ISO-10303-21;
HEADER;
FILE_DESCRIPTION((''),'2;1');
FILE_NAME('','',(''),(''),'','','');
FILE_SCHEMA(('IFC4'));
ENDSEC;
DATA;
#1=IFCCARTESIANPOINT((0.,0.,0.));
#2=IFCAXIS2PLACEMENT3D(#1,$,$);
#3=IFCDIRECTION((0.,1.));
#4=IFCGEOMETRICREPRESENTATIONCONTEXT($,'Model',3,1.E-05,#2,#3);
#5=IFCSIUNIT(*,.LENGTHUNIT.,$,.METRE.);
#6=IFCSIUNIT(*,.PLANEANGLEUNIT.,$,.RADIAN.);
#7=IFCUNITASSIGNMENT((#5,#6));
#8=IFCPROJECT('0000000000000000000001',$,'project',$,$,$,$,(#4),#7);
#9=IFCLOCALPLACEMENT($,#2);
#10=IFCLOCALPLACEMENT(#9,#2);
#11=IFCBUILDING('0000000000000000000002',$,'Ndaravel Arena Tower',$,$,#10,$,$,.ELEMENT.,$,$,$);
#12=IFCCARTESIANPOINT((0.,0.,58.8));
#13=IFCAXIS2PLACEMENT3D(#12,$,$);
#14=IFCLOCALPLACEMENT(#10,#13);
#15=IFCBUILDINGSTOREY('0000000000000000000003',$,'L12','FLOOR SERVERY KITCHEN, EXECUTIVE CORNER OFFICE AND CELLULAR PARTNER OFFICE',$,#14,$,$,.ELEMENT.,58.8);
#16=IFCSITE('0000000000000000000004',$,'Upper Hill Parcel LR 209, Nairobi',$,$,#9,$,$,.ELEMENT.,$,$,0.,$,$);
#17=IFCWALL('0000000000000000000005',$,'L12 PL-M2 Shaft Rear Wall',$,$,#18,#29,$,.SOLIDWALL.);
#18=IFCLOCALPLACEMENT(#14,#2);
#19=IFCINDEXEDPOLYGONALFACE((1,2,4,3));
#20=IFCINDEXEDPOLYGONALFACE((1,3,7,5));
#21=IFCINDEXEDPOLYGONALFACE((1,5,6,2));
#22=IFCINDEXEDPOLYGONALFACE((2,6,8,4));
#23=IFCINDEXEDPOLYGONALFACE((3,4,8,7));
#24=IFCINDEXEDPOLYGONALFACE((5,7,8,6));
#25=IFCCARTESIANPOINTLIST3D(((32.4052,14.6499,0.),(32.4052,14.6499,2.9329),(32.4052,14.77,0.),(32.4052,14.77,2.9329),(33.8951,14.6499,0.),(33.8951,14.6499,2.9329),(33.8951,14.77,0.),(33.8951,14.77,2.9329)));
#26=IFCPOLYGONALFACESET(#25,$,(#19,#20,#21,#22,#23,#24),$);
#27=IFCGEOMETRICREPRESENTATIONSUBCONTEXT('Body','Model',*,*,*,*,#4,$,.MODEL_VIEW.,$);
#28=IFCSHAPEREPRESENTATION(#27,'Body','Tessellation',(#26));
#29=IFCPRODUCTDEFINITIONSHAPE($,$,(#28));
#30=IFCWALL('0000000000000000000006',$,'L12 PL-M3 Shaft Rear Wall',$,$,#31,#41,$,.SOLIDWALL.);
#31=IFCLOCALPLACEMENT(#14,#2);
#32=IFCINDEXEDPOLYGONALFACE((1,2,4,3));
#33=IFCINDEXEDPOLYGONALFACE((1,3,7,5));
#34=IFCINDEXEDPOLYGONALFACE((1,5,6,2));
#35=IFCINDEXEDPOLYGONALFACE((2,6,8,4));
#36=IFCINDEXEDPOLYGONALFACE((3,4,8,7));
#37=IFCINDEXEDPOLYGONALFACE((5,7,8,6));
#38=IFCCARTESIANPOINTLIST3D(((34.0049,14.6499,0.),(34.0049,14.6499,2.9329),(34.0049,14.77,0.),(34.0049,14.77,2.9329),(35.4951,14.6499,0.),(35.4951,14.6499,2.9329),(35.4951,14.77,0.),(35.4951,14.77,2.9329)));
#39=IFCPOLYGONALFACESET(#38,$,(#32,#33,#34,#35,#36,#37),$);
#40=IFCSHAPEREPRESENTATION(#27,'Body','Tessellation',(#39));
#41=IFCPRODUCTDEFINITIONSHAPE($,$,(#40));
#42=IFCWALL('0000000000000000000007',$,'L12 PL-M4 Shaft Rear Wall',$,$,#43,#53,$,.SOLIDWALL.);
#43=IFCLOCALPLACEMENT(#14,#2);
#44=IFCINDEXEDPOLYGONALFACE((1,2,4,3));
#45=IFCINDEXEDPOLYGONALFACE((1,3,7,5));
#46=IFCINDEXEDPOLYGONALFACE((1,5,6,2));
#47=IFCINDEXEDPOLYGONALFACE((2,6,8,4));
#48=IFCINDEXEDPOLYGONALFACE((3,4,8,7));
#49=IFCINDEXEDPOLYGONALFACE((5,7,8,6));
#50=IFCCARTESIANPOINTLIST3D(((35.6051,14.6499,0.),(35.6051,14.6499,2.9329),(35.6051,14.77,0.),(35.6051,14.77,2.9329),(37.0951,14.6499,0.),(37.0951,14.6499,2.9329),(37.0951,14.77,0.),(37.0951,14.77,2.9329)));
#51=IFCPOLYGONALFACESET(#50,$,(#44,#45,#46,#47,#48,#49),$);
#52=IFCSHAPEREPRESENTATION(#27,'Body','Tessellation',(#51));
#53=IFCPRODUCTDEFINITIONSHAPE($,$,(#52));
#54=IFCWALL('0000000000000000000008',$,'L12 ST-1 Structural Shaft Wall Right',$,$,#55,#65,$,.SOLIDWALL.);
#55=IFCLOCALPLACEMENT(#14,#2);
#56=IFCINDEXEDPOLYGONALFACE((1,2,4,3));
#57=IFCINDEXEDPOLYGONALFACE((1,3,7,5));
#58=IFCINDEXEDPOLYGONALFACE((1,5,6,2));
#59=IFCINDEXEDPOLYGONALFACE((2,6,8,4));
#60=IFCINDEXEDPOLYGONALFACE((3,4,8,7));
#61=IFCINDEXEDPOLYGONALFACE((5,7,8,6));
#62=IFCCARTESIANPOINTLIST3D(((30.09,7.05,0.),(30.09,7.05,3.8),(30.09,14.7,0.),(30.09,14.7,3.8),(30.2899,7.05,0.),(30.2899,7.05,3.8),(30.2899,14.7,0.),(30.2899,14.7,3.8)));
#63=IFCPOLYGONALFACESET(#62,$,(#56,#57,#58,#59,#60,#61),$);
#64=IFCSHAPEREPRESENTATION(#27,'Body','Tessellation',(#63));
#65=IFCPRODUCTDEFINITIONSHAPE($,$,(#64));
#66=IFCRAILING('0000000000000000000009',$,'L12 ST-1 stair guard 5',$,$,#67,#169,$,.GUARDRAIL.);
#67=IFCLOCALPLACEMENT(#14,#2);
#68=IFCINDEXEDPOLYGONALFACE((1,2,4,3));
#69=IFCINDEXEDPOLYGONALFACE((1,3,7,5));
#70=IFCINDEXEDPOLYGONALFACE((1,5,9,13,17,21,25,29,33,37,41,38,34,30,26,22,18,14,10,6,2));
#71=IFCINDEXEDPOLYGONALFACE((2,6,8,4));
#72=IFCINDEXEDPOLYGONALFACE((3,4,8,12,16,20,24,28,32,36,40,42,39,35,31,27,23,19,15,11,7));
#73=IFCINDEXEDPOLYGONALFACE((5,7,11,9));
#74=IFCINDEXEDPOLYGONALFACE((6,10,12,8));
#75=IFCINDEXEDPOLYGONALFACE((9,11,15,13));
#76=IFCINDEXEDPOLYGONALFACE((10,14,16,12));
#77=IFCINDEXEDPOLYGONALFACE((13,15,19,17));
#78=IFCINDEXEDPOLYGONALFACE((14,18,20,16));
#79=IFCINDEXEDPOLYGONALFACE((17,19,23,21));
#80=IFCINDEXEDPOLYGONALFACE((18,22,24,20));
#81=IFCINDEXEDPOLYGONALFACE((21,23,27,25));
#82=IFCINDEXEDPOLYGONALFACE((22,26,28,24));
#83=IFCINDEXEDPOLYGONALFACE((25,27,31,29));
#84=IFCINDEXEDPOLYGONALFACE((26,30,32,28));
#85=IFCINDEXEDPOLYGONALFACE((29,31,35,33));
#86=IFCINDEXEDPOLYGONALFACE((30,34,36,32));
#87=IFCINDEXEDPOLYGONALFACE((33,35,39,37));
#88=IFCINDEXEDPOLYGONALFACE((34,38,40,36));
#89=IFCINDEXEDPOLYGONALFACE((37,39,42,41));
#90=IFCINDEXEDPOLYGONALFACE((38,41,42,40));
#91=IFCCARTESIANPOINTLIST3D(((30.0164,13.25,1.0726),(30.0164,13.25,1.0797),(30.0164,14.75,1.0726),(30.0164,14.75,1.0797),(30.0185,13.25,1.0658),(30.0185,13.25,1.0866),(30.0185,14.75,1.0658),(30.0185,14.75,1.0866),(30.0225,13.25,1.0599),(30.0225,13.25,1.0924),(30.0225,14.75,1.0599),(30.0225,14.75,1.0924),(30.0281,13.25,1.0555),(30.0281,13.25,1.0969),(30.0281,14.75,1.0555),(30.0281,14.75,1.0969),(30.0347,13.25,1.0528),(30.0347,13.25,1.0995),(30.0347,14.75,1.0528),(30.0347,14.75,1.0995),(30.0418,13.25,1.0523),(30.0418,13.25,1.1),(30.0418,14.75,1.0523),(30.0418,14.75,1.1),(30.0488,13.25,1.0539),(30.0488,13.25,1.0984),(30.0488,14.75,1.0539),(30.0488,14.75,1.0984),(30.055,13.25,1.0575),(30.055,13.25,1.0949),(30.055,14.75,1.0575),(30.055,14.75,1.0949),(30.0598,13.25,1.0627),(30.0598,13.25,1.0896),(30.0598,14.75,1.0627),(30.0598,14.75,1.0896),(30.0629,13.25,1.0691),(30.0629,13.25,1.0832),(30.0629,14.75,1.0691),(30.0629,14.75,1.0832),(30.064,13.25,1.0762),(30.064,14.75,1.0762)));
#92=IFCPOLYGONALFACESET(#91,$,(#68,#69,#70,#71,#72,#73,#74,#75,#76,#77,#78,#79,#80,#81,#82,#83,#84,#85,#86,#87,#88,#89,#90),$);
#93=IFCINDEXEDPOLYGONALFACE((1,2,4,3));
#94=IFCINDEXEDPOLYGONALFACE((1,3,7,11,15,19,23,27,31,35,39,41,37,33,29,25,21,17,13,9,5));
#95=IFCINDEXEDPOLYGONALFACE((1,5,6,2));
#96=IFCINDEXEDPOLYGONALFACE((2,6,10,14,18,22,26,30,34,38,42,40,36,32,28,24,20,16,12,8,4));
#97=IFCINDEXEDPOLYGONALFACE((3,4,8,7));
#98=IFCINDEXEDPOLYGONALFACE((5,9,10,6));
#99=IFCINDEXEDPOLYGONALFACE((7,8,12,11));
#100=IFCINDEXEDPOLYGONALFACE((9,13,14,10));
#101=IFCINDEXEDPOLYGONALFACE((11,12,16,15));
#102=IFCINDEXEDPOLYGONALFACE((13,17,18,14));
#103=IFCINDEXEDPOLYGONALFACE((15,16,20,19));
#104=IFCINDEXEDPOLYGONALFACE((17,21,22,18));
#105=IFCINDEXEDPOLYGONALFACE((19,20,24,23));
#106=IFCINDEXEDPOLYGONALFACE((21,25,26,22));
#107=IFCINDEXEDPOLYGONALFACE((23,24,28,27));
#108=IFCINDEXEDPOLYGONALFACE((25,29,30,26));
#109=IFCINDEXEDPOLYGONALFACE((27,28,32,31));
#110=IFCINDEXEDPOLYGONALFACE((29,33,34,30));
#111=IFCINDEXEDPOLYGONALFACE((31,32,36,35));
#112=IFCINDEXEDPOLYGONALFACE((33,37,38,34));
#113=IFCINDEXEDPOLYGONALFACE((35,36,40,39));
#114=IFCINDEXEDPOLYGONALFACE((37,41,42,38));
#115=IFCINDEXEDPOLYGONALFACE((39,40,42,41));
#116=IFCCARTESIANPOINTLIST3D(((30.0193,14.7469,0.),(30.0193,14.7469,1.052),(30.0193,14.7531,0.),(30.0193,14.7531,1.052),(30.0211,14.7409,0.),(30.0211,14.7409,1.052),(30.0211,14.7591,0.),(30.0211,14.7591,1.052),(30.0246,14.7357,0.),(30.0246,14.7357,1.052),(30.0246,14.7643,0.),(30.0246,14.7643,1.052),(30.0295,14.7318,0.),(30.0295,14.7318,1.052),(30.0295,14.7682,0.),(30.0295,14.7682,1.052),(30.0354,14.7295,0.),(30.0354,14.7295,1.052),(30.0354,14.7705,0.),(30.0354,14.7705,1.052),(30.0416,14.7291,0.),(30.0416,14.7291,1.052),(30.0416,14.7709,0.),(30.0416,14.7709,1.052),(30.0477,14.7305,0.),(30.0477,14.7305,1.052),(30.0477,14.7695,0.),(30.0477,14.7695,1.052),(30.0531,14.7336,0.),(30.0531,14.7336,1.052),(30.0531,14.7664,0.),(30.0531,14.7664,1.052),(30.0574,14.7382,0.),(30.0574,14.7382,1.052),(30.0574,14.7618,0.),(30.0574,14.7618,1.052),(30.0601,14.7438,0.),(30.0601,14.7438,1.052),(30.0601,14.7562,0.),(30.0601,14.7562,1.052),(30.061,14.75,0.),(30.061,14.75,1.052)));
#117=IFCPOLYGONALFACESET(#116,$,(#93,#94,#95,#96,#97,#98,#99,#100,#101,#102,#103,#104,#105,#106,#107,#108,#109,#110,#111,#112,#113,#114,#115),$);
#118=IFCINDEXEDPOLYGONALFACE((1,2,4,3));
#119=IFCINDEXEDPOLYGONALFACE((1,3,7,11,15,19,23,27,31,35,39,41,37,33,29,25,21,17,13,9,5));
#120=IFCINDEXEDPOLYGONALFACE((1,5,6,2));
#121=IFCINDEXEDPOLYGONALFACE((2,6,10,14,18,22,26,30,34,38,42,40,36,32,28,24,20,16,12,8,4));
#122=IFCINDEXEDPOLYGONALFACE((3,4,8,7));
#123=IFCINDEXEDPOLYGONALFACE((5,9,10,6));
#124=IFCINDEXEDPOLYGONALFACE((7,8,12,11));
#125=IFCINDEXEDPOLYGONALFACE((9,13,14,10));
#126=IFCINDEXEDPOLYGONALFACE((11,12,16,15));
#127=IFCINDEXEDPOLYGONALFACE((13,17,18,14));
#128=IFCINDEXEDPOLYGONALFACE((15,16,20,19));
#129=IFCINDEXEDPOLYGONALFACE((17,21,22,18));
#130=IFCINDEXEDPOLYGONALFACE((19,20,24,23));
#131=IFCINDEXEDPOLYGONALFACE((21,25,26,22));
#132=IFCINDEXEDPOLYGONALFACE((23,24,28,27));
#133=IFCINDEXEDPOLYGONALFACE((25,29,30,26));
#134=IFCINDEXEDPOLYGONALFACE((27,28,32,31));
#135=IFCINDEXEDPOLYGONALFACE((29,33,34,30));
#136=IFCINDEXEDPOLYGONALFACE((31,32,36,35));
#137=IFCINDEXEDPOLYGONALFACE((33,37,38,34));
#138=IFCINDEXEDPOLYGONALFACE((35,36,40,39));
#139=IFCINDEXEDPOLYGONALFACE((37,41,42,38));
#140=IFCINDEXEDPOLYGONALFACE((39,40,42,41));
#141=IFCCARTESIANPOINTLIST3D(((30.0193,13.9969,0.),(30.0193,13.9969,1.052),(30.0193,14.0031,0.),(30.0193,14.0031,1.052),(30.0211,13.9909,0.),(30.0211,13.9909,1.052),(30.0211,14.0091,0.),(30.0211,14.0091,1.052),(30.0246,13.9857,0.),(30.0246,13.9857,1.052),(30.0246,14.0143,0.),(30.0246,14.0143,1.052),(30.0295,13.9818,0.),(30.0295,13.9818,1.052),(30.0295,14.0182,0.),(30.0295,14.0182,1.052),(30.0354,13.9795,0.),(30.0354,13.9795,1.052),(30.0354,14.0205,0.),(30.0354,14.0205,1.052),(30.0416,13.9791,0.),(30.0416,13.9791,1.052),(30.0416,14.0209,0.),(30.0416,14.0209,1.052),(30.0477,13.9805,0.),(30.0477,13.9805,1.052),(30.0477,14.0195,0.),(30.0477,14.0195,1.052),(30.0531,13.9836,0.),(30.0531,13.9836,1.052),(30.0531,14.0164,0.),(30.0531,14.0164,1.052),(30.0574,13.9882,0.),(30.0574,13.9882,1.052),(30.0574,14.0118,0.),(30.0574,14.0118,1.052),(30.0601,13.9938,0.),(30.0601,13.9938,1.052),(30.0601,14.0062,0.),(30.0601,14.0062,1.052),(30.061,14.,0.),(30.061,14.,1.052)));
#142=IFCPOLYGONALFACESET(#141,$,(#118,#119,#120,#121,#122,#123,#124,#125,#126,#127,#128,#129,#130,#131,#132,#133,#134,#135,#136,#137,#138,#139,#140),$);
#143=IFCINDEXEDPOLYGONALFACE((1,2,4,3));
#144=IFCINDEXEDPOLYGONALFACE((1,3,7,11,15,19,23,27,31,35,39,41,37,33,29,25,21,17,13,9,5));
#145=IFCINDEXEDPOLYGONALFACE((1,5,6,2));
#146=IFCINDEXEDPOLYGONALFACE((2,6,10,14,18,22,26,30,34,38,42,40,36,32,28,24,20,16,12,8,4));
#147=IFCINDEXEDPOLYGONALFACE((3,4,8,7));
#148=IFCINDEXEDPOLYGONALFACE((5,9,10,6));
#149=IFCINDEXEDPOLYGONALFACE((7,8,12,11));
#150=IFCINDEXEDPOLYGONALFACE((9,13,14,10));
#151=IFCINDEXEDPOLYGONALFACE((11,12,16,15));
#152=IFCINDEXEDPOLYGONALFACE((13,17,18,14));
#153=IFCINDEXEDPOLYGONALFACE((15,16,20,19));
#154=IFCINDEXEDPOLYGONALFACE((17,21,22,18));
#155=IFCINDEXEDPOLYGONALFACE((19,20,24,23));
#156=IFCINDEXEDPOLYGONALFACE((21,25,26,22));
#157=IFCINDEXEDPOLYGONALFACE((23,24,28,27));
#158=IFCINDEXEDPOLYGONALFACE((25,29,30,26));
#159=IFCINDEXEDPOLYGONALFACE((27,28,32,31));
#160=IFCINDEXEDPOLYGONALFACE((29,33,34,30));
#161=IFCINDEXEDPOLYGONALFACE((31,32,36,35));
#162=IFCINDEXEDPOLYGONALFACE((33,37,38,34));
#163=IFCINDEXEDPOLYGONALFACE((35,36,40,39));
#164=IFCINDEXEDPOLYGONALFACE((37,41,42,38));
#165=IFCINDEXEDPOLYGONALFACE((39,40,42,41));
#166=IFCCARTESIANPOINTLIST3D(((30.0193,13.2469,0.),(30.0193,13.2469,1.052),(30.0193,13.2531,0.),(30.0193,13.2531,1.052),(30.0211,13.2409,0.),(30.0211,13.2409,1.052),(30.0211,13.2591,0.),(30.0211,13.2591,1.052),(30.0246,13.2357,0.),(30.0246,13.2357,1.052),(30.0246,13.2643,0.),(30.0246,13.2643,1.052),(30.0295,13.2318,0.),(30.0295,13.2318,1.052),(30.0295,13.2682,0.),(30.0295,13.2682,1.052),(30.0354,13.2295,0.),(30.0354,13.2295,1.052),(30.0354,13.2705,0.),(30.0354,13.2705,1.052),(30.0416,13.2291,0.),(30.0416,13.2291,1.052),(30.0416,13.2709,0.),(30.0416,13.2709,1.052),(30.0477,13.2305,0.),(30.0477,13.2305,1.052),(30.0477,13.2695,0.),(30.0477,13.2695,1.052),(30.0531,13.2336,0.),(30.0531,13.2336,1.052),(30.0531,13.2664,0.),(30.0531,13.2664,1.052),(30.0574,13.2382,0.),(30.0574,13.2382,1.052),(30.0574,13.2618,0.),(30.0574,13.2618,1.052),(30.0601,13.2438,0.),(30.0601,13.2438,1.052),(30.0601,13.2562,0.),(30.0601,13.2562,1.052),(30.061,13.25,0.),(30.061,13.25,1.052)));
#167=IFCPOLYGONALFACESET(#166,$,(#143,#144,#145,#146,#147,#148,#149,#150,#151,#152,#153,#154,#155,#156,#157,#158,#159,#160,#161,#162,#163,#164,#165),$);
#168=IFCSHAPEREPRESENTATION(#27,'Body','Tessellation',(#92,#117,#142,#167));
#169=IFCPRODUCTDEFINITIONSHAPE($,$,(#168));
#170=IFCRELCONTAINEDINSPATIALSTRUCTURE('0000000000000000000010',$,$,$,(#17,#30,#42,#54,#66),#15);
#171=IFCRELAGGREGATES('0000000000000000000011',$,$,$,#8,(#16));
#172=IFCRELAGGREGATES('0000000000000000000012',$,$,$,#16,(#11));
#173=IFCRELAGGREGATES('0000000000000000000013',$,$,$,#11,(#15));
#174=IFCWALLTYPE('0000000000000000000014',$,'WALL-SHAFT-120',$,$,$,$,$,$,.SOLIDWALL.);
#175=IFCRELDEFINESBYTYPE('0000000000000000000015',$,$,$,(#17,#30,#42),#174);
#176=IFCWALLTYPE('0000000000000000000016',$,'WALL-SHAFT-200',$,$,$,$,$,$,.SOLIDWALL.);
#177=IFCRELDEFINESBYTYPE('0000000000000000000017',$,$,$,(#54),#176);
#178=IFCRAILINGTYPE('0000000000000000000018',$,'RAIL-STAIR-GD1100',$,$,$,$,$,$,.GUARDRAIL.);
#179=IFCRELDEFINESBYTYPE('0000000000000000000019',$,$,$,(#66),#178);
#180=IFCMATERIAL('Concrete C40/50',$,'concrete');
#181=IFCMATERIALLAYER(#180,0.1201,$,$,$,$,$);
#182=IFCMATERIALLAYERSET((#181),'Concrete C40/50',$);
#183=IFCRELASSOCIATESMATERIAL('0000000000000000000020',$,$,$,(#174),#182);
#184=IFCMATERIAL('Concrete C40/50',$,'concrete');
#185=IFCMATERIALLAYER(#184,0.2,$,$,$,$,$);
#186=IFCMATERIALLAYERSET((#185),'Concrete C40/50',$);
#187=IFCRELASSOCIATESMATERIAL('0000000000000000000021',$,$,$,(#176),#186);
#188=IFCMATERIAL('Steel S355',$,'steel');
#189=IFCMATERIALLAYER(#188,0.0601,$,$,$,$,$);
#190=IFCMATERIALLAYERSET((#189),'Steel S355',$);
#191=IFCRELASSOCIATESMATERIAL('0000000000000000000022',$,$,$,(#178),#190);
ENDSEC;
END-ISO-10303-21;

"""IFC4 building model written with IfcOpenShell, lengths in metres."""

from ifc_helpers import new_model, si_unit, direction, frame, frame_2d, origin, origin_2d, place, context, subcontext, project, spatial, rectangle, circle, extrude, material, layer, layer_set, type_object, element, save


model = new_model("IFC4")

# Units and contexts
model_context = context("Model", 3, precision=1e-05, world=origin(), true_north=direction((0.0, 1.0)))
body_context = subcontext(model_context, "Body", "Model", "MODEL_VIEW")
ifc_project = project(units=[si_unit("LENGTHUNIT", "METRE"), si_unit("PLANEANGLEUNIT", "RADIAN")], contexts=[model_context])

# Site, building, storey
site_placement = place(None, origin())
site = spatial("IfcSite", under=ifc_project, at=site_placement, Name="Upper Hill Parcel LR 209, Nairobi", CompositionType="ELEMENT", RefElevation=0.0)
building_placement = place(site_placement, origin())
building = spatial("IfcBuilding", under=site, at=building_placement, Name="Ndaravel Arena Tower", CompositionType="ELEMENT")
storey_placement = place(building_placement, frame((0.0, 0.0, 58.8)))
storey = spatial("IfcBuildingStorey", under=building, at=storey_placement, Name="L12", Description="FLOOR SERVERY KITCHEN, EXECUTIVE CORNER OFFICE AND CELLULAR PARTNER OFFICE", CompositionType="ELEMENT", Elevation=58.8)

# Walls
ifc_material_1 = material(Name="Concrete C40/50", Category="concrete")
ifc_layer_1 = layer(ifc_material_1, 0.1201)
ifc_layer_set_1 = layer_set([ifc_layer_1], Name="Concrete C40/50")
wall_type_1 = type_object("IfcWallType", Name="WALL-SHAFT-120", PredefinedType="SOLIDWALL", material=ifc_layer_set_1)
for number, where, z_axis, x_axis, name in (
    (1, (32.405, 14.71, 0.0), (0.0, 0.0, 1.0), (1.0, 0.0, 0.0), "L12 PL-M2 Shaft Rear Wall"),
):
    element("IfcWall", number, at=place(storey_placement, frame(where, z_axis=z_axis, x_axis=x_axis)), inside=storey, type_object=wall_type_1, Name=name, PredefinedType="SOLIDWALL", context=body_context, shape_type="SweptSolid", body=[
        extrude(rectangle(XDim=1.49, YDim=0.1201, at=frame_2d((0.7451, 0.0))), origin(), (0.0, 0.0, 1.0), 2.9329),
    ])
wall_1_placement = place(storey_placement, frame((34.0049, 14.71, 0.0), z_axis=(0.0, 0.0, 1.0), x_axis=(1.0, 0.0, 0.0)))
element("IfcWall", 2, at=wall_1_placement, inside=storey, type_object=wall_type_1, Name="L12 PL-M3 Shaft Rear Wall", PredefinedType="SOLIDWALL", context=body_context, shape_type="SweptSolid", body=[
    extrude(rectangle(XDim=1.4902, YDim=0.1201, at=frame_2d((0.7451, 0.0))), origin(), (0.0, 0.0, 1.0), 2.9329),
])
wall_2_placement = place(storey_placement, frame((35.605, 14.71, 0.0), z_axis=(0.0, 0.0, 1.0), x_axis=(1.0, 0.0, 0.0)))
element("IfcWall", 3, at=wall_2_placement, inside=storey, type_object=wall_type_1, Name="L12 PL-M4 Shaft Rear Wall", PredefinedType="SOLIDWALL", context=body_context, shape_type="SweptSolid", body=[
    extrude(rectangle(XDim=1.49, YDim=0.1201, at=frame_2d((0.7451, 0.0))), origin(), (0.0, 0.0, 1.0), 2.9329),
])
ifc_material_2 = material(Name="Concrete C40/50", Category="concrete")
ifc_layer_2 = layer(ifc_material_2, 0.2)
ifc_layer_set_2 = layer_set([ifc_layer_2], Name="Concrete C40/50")
wall_type_2 = type_object("IfcWallType", Name="WALL-SHAFT-200", PredefinedType="SOLIDWALL", material=ifc_layer_set_2)
wall_3_placement = place(storey_placement, frame((30.1899, 14.7, 0.0), z_axis=(0.0, 0.0, 1.0), x_axis=(0.0, -1.0, 0.0)))
element("IfcWall", 4, at=wall_3_placement, inside=storey, type_object=wall_type_2, Name="L12 ST-1 Structural Shaft Wall Right", PredefinedType="SOLIDWALL", context=body_context, shape_type="SweptSolid", body=[
    extrude(rectangle(XDim=7.6499, YDim=0.2, at=frame_2d((3.825, 0.0))), origin(), (0.0, 0.0, 1.0), 3.8),
])

# Railing
ifc_material_3 = material(Name="Steel S355", Category="steel")
ifc_layer_3 = layer(ifc_material_3, 0.0601)
ifc_layer_set_3 = layer_set([ifc_layer_3], Name="Steel S355")
railing_type = type_object("IfcRailingType", Name="RAIL-STAIR-GD1100", PredefinedType="GUARDRAIL", material=ifc_layer_set_3)
railing_placement = place(storey_placement, frame((30.04, 14.75, 0.0)))
element("IfcRailing", 5, at=railing_placement, inside=storey, type_object=railing_type, Name="L12 ST-1 stair guard 5", PredefinedType="GUARDRAIL", context=body_context, shape_type="SweptSolid", body=[
    extrude(circle(Radius=0.0239, at=origin_2d()), frame((0.0, 0.0, 1.0762), z_axis=(0.0, -1.0, 0.0), x_axis=(1.0, 0.0, 0.0)), (0.0, 0.0, 1.0), 1.5),
    extrude(circle(Radius=0.021, at=origin_2d()), origin(), (0.0, 0.0, 1.0), 1.052),
    extrude(circle(Radius=0.021, at=origin_2d()), frame((0.0, -0.75, 0.0)), (0.0, 0.0, 1.0), 1.052),
    extrude(circle(Radius=0.021, at=origin_2d()), frame((0.0, -1.5, 0.0)), (0.0, 0.0, 1.0), 1.052),
])

save(model, "model.ifc")
